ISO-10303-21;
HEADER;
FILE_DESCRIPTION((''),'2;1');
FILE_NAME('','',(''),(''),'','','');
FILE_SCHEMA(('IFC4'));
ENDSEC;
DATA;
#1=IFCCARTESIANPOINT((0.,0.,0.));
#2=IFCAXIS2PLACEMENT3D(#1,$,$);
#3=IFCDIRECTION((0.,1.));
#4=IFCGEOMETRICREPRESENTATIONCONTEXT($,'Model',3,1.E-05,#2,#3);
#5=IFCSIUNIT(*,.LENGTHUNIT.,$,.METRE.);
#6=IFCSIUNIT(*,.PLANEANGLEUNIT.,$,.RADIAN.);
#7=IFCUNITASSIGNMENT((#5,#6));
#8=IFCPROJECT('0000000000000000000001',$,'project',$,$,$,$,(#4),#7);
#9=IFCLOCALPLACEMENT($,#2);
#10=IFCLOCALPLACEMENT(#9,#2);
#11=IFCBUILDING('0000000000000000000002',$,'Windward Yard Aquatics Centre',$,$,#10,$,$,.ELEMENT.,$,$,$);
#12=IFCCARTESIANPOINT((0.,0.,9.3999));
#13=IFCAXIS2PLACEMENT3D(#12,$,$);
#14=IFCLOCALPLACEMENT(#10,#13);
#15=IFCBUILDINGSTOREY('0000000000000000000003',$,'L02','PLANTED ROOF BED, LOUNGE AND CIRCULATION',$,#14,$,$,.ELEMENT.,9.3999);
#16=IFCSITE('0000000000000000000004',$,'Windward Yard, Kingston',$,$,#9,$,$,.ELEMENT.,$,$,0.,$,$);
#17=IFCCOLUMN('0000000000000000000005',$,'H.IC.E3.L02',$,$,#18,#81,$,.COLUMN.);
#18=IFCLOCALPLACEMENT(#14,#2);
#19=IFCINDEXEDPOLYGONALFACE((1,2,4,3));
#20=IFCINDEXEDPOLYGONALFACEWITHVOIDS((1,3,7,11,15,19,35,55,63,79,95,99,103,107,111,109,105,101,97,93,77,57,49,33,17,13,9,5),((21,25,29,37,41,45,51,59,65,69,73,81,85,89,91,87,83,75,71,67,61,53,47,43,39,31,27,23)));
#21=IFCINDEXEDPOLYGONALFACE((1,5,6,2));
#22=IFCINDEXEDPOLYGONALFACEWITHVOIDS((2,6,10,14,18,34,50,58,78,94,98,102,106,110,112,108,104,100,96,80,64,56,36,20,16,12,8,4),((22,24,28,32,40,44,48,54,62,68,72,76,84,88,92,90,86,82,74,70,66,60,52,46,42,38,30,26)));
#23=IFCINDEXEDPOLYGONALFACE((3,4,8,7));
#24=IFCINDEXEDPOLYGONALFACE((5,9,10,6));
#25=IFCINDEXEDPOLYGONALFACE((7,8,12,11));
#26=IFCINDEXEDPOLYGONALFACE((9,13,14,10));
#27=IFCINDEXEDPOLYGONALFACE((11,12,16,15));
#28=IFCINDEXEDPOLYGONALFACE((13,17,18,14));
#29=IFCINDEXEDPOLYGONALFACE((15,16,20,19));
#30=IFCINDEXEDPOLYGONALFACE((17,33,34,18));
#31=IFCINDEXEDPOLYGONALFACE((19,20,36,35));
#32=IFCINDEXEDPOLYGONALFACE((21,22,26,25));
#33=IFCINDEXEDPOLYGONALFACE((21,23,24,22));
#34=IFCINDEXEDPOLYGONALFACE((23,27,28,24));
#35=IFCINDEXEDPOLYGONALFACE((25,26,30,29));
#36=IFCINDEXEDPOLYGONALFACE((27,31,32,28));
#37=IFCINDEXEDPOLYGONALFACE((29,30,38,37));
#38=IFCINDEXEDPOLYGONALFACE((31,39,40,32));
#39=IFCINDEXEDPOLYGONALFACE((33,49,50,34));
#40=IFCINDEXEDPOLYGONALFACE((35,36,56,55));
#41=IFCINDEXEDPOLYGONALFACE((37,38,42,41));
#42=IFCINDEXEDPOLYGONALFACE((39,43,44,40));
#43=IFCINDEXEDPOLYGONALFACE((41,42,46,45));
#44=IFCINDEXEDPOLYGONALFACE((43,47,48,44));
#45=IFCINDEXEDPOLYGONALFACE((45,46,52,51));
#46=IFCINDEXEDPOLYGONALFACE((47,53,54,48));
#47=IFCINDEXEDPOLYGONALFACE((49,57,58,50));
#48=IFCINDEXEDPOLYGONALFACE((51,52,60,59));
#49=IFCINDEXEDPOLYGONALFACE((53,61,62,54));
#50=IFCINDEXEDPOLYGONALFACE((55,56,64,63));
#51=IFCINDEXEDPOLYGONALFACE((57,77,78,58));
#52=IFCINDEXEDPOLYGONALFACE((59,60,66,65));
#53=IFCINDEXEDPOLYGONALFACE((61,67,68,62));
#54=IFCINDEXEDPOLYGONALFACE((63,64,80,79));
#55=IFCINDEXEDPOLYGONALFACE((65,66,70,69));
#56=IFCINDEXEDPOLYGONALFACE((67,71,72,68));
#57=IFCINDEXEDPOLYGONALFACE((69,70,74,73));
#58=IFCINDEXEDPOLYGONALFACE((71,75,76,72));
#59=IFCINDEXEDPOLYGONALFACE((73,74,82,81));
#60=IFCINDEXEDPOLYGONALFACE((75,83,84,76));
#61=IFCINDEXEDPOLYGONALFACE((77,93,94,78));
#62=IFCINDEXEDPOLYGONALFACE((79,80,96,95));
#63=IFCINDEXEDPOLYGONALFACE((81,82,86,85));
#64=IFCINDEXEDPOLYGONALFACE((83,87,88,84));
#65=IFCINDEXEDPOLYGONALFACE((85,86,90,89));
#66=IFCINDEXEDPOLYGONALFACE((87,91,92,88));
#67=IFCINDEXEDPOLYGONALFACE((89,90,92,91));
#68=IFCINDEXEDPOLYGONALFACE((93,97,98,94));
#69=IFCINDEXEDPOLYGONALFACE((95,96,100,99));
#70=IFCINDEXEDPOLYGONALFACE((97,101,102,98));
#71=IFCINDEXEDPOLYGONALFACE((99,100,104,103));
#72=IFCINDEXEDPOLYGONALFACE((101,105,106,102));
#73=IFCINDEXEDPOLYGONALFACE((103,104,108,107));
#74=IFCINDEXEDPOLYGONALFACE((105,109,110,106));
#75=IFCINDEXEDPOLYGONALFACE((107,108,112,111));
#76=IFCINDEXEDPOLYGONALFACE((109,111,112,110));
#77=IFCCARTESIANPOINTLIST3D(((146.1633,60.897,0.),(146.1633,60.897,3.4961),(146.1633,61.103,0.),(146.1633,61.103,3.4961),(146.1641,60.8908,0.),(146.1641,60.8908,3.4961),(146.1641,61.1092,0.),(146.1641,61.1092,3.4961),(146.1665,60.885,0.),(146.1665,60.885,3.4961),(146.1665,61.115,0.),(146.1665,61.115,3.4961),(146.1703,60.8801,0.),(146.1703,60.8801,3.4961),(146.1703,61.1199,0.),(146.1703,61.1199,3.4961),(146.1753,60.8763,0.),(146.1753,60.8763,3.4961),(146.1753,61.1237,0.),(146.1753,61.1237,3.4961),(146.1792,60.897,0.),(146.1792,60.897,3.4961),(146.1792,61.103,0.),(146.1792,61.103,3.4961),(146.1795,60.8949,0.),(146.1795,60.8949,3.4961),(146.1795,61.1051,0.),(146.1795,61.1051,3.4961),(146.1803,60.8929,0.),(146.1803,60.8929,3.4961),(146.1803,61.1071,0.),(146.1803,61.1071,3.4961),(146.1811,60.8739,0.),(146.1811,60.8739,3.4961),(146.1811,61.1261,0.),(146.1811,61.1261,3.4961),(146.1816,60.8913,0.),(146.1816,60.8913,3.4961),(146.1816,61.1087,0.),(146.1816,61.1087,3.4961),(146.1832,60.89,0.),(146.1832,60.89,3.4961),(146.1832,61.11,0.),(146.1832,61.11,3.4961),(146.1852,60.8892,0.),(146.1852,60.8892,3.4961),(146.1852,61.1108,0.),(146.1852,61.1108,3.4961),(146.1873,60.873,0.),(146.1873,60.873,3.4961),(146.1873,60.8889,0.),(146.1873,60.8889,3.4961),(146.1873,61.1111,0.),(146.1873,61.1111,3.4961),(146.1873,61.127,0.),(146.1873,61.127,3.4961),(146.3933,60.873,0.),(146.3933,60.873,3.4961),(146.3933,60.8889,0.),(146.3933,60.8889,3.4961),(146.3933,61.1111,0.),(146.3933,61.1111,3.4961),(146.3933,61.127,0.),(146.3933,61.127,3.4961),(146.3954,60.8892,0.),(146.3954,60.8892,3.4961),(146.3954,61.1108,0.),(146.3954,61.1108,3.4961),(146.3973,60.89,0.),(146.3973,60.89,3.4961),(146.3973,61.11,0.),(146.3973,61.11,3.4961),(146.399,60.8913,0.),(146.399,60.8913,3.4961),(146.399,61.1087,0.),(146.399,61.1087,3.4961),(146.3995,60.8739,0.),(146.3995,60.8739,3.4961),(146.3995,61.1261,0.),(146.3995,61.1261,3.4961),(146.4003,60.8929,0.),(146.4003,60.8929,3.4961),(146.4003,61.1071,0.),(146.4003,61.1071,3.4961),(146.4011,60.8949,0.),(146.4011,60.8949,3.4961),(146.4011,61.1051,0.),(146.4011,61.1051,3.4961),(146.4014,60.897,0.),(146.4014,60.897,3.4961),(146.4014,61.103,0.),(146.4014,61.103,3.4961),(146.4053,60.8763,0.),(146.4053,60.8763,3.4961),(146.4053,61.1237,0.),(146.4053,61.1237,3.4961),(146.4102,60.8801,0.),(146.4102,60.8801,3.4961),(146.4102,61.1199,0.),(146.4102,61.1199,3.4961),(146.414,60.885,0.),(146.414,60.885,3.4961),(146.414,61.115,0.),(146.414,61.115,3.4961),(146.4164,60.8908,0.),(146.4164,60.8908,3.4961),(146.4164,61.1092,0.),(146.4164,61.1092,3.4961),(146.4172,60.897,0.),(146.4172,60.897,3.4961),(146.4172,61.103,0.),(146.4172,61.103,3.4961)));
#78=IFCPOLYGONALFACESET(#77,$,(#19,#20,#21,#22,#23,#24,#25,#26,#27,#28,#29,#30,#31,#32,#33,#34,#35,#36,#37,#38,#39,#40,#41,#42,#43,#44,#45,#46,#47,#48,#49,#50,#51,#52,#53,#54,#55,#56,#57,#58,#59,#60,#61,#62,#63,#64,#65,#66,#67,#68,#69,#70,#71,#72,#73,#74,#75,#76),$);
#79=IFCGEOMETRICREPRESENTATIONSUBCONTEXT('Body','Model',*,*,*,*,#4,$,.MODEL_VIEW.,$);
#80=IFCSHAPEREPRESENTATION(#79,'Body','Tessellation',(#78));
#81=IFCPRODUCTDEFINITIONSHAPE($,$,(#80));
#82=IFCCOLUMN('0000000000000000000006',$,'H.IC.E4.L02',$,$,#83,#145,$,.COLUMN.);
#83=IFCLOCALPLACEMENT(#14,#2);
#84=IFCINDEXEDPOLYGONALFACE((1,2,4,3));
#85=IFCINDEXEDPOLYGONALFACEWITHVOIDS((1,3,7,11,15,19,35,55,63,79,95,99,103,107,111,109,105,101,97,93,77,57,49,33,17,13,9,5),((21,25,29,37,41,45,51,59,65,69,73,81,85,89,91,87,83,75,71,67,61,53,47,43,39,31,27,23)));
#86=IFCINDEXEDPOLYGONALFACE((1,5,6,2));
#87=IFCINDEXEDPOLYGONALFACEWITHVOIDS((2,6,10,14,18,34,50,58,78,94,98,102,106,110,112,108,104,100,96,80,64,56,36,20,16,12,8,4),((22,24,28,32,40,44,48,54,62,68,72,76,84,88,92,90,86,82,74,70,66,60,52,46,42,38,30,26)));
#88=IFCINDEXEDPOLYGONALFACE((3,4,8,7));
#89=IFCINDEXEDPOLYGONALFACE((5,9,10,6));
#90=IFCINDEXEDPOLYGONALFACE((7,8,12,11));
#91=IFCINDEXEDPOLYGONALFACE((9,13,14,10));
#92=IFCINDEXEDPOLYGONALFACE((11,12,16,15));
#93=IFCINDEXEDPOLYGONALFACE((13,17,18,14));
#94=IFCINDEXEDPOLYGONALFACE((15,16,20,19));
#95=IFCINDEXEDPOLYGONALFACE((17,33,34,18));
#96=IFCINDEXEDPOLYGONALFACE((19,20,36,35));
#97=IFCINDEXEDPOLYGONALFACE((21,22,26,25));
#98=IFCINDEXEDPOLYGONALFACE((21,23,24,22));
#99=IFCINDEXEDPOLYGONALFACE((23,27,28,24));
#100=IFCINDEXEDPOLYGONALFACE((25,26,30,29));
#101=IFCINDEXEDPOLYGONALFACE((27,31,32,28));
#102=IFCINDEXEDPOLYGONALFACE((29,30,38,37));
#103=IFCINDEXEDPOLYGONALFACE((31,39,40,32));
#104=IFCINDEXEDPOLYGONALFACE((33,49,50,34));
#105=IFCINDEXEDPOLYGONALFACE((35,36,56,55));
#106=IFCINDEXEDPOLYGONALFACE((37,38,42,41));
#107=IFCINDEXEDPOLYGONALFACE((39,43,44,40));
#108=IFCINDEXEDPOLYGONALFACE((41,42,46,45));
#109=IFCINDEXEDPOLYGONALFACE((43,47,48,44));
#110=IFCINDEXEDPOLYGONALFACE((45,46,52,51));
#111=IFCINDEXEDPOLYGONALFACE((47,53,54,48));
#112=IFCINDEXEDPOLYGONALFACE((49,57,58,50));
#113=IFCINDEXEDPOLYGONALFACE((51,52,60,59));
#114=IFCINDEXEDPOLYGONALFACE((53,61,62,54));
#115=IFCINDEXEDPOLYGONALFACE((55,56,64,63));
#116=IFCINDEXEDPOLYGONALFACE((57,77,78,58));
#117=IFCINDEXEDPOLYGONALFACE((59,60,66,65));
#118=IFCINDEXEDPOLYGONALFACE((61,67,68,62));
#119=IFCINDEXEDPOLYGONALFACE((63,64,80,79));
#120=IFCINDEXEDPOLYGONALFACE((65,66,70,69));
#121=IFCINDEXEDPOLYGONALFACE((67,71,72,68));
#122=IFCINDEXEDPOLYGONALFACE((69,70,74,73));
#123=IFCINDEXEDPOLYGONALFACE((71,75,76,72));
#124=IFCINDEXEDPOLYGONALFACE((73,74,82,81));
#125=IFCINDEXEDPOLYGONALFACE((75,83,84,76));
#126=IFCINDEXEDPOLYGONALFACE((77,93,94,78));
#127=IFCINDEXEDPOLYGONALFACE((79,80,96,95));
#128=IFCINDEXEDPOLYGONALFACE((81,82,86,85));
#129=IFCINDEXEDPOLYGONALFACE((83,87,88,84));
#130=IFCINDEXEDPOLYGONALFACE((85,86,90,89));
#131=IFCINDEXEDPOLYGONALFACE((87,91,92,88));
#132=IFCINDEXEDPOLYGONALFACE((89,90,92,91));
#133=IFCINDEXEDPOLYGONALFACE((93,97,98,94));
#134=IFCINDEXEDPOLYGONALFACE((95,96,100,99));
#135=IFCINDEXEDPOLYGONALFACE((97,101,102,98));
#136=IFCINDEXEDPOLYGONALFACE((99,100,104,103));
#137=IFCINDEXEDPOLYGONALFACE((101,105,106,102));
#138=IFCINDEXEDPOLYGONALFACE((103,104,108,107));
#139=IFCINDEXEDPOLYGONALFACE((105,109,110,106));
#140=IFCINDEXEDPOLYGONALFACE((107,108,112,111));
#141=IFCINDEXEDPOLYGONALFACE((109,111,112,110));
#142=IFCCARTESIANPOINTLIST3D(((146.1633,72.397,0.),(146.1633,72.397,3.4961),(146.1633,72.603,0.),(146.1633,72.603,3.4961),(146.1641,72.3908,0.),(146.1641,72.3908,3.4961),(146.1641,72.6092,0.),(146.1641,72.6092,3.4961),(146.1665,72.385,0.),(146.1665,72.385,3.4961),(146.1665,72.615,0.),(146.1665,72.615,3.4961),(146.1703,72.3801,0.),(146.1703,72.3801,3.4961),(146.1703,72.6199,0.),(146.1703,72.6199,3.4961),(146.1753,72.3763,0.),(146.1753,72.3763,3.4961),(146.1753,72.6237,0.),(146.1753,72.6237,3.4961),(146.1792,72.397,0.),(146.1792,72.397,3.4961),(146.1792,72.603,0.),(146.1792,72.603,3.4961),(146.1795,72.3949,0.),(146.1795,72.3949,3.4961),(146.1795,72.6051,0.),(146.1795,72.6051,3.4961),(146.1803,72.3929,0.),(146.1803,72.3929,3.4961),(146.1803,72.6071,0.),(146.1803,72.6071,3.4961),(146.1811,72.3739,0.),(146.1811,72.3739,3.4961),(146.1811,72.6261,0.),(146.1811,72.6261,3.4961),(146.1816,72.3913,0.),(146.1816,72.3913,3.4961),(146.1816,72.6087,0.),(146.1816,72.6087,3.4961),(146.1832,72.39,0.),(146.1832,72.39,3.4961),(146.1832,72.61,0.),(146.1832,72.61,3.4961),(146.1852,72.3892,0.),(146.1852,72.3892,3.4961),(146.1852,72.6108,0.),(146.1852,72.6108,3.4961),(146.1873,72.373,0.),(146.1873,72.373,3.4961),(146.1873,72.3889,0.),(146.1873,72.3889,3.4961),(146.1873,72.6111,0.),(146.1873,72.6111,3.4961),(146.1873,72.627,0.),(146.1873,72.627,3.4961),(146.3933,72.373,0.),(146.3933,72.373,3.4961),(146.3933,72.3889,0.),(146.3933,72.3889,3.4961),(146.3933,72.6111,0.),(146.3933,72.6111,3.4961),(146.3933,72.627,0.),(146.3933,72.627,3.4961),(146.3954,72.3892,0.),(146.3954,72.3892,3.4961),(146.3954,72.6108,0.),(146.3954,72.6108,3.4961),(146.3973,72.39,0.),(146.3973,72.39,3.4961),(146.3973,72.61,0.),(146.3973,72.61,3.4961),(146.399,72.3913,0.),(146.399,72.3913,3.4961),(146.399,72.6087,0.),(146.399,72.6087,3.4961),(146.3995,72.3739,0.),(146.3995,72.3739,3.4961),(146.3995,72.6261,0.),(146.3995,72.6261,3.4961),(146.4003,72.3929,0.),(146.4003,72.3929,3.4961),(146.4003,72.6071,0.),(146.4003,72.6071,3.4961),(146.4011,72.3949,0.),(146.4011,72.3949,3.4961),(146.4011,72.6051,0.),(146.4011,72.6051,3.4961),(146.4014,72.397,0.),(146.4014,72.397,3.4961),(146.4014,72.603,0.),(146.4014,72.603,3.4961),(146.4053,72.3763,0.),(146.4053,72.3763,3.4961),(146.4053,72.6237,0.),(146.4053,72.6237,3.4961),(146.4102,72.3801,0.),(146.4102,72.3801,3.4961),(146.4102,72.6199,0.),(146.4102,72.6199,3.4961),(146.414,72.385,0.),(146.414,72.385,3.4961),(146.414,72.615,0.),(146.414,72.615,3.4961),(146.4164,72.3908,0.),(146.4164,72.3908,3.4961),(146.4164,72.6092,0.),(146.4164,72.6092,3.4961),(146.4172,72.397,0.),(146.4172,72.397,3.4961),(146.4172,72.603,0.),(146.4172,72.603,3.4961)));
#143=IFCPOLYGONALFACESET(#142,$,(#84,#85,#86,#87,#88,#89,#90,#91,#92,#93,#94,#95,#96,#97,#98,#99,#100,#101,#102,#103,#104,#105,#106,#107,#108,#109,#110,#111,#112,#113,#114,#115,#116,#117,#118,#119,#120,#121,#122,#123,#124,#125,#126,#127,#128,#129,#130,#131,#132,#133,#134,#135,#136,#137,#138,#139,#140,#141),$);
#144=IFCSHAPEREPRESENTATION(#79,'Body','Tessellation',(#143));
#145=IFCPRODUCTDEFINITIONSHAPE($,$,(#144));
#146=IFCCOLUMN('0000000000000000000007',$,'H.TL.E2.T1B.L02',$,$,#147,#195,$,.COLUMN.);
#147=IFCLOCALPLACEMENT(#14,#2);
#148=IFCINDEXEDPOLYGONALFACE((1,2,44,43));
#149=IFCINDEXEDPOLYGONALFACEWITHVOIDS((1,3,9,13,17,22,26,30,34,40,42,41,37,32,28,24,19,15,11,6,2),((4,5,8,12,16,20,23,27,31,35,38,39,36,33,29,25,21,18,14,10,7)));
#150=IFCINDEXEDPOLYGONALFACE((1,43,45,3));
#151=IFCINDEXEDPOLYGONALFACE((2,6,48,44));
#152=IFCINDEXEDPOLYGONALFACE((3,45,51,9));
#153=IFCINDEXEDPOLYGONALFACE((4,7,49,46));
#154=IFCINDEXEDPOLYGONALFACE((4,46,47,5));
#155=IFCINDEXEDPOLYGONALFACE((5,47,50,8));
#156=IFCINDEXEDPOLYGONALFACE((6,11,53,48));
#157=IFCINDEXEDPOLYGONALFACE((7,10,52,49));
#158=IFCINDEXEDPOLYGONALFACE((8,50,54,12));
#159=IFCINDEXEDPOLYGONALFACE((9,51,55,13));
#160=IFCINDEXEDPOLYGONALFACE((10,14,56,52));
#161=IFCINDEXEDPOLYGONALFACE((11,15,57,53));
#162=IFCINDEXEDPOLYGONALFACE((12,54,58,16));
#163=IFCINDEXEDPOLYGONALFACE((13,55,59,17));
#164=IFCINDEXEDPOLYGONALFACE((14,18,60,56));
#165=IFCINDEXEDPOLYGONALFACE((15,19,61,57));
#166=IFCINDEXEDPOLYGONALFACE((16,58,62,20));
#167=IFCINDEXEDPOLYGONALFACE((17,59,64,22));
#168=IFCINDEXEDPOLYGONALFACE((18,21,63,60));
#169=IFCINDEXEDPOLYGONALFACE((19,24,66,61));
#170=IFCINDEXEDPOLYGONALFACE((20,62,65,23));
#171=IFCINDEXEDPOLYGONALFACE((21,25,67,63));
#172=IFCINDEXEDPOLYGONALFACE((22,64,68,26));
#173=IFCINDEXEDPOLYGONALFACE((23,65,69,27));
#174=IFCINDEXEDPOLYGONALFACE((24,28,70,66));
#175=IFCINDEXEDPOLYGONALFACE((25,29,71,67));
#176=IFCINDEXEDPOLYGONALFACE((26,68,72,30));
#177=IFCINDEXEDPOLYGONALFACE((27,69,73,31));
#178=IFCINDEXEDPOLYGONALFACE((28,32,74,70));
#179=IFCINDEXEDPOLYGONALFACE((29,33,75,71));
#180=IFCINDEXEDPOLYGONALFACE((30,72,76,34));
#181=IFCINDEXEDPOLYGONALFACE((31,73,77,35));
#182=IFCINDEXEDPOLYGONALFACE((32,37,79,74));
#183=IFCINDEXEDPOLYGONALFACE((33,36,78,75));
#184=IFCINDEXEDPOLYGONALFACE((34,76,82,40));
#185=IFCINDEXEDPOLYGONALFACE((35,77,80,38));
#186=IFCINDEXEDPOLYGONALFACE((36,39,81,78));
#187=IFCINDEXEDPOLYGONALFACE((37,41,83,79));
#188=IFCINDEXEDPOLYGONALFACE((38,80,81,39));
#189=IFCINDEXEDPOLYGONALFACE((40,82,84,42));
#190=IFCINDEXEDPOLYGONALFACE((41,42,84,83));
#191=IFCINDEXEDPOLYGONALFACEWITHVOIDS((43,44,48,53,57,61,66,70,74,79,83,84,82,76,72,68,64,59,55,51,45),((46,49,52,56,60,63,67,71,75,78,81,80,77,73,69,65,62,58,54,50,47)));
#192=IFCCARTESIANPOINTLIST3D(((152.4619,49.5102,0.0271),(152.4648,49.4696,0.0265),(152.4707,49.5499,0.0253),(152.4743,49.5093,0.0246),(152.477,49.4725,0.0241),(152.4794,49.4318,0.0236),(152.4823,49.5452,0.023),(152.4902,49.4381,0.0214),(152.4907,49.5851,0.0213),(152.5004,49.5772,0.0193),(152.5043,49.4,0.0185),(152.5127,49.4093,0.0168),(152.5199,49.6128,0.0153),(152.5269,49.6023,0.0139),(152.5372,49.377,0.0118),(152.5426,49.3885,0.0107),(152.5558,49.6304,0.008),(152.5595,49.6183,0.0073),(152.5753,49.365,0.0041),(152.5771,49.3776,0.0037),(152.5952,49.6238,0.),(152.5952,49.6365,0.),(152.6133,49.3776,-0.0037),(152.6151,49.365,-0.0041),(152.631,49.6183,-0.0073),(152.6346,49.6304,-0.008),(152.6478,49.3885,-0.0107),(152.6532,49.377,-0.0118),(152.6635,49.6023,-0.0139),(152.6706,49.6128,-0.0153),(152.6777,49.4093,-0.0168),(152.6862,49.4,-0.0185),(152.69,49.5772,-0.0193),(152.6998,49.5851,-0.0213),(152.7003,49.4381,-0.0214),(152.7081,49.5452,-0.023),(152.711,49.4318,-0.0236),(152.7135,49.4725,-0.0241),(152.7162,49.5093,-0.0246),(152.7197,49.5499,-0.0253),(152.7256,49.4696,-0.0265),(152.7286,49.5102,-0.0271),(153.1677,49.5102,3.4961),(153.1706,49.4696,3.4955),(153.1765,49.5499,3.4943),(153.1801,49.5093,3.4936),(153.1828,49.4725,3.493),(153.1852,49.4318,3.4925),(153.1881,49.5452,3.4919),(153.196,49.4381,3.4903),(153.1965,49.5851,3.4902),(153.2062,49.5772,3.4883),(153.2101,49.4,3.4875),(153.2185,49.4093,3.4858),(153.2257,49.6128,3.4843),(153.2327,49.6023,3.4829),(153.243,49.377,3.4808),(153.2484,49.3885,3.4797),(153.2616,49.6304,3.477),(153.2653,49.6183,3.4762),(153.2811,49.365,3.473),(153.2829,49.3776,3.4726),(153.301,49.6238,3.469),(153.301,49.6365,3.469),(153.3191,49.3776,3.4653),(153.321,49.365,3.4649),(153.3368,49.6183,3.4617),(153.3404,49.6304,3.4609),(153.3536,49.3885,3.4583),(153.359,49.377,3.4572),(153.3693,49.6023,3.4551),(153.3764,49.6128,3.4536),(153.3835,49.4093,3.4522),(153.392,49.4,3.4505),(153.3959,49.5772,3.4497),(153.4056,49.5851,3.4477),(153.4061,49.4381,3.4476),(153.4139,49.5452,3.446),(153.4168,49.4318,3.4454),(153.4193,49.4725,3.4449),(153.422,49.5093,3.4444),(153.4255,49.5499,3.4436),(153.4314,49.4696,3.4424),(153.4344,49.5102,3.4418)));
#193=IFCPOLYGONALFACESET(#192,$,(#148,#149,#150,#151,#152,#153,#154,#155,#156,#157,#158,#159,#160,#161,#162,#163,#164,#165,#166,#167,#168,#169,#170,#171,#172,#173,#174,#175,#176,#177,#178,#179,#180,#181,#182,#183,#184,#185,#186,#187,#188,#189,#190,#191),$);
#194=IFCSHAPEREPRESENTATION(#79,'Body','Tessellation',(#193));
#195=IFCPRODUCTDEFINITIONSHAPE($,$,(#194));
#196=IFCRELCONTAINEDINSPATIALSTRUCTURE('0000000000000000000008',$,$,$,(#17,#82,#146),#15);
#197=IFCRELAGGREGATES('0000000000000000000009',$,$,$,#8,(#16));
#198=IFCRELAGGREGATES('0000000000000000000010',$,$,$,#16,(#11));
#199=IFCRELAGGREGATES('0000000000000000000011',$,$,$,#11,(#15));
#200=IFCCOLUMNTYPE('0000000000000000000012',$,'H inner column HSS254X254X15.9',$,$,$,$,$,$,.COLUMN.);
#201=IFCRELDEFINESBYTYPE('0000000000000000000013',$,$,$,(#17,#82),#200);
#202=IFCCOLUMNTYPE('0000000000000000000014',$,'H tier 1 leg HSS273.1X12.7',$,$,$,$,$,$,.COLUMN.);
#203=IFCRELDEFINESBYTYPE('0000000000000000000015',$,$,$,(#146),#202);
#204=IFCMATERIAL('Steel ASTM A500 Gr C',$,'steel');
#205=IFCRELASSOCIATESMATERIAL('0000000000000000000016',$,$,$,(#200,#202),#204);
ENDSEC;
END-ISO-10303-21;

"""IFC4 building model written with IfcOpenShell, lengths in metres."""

from ifc_helpers import new_model, si_unit, direction, frame, origin, origin_2d, place, context, subcontext, project, spatial, hollow_rectangle, hollow_circle, extrude, material, material_profile, profile_set, type_object, element, save


model = new_model("IFC4")

# Units and contexts
model_context = context("Model", 3, precision=1e-05, world=origin(), true_north=direction((0.0, 1.0)))
body_context = subcontext(model_context, "Body", "Model", "MODEL_VIEW")
ifc_project = project(units=[si_unit("LENGTHUNIT", "METRE"), si_unit("PLANEANGLEUNIT", "RADIAN")], contexts=[model_context])

# Site, building, storey
site_placement = place(None, origin())
site = spatial("IfcSite", under=ifc_project, at=site_placement, Name="Windward Yard, Kingston", CompositionType="ELEMENT", RefElevation=0.0)
building_placement = place(site_placement, origin())
building = spatial("IfcBuilding", under=site, at=building_placement, Name="Windward Yard Aquatics Centre", CompositionType="ELEMENT")
storey_placement = place(building_placement, frame((0.0, 0.0, 9.3999)))
storey = spatial("IfcBuildingStorey", under=building, at=storey_placement, Name="L02", Description="PLANTED ROOF BED, LOUNGE AND CIRCULATION", CompositionType="ELEMENT", Elevation=9.3999)

# Columns
ifc_material_1 = material(Name="Steel ASTM A500 Gr C", Category="steel")
ifc_material_profile_1 = material_profile(ifc_material_1, hollow_rectangle(XDim=0.2539, YDim=0.2539, WallThickness=0.0159, InnerFilletRadius=0.0081, OuterFilletRadius=0.0239, at=origin_2d()), Name="HSS254X254X15.9")
ifc_profile_set_1 = profile_set([ifc_material_profile_1], Name="Steel ASTM A500 Gr C")
column_type_1 = type_object("IfcColumnType", Name="H inner column HSS254X254X15.9", PredefinedType="COLUMN", material=ifc_profile_set_1)
for number, where, z_axis, x_axis, name in (
    (1, (146.2903, 61.0, 0.0), (0.0, 0.0, 1.0), (1.0, 0.0, 0.0), "H.IC.E3.L02"),
    (2, (146.2903, 72.5, 0.0), (0.0, 0.0, 1.0), (1.0, 0.0, 0.0), "H.IC.E4.L02"),
):
    element("IfcColumn", number, at=place(storey_placement, frame(where, z_axis=z_axis, x_axis=x_axis)), inside=storey, type_object=column_type_1, Name=name, PredefinedType="COLUMN", context=body_context, shape_type="SweptSolid", body=[
        extrude(hollow_rectangle(XDim=0.2539, YDim=0.2539, WallThickness=0.0159, InnerFilletRadius=0.0081, OuterFilletRadius=0.0239, at=origin_2d()), origin(), (0.0, 0.0, 1.0), 3.4961),
    ])
ifc_material_profile_2 = material_profile(ifc_material_1, hollow_circle(Radius=0.1365, WallThickness=0.0127, at=origin_2d()), Name="HSS273.1X12.7")
ifc_profile_set_2 = profile_set([ifc_material_profile_2], Name="Steel ASTM A500 Gr C")
column_type_2 = type_object("IfcColumnType", Name="H tier 1 leg HSS273.1X12.7", PredefinedType="COLUMN", material=ifc_profile_set_2)
for number, where, z_axis, x_axis, name in (
    (3, (152.5952, 49.5, 0.0), (0.199378, 0.0, 0.979923), (0.0, 1.0, 0.0), "H.TL.E2.T1B.L02"),
):
    element("IfcColumn", number, at=place(storey_placement, frame(where, z_axis=z_axis, x_axis=x_axis)), inside=storey, type_object=column_type_2, Name=name, PredefinedType="COLUMN", context=body_context, shape_type="SweptSolid", body=[
        extrude(hollow_circle(Radius=0.1365, WallThickness=0.0127, at=origin_2d()), origin(), (0.0, 0.0, 1.0), 3.54),
    ])

save(model, "model.ifc")
